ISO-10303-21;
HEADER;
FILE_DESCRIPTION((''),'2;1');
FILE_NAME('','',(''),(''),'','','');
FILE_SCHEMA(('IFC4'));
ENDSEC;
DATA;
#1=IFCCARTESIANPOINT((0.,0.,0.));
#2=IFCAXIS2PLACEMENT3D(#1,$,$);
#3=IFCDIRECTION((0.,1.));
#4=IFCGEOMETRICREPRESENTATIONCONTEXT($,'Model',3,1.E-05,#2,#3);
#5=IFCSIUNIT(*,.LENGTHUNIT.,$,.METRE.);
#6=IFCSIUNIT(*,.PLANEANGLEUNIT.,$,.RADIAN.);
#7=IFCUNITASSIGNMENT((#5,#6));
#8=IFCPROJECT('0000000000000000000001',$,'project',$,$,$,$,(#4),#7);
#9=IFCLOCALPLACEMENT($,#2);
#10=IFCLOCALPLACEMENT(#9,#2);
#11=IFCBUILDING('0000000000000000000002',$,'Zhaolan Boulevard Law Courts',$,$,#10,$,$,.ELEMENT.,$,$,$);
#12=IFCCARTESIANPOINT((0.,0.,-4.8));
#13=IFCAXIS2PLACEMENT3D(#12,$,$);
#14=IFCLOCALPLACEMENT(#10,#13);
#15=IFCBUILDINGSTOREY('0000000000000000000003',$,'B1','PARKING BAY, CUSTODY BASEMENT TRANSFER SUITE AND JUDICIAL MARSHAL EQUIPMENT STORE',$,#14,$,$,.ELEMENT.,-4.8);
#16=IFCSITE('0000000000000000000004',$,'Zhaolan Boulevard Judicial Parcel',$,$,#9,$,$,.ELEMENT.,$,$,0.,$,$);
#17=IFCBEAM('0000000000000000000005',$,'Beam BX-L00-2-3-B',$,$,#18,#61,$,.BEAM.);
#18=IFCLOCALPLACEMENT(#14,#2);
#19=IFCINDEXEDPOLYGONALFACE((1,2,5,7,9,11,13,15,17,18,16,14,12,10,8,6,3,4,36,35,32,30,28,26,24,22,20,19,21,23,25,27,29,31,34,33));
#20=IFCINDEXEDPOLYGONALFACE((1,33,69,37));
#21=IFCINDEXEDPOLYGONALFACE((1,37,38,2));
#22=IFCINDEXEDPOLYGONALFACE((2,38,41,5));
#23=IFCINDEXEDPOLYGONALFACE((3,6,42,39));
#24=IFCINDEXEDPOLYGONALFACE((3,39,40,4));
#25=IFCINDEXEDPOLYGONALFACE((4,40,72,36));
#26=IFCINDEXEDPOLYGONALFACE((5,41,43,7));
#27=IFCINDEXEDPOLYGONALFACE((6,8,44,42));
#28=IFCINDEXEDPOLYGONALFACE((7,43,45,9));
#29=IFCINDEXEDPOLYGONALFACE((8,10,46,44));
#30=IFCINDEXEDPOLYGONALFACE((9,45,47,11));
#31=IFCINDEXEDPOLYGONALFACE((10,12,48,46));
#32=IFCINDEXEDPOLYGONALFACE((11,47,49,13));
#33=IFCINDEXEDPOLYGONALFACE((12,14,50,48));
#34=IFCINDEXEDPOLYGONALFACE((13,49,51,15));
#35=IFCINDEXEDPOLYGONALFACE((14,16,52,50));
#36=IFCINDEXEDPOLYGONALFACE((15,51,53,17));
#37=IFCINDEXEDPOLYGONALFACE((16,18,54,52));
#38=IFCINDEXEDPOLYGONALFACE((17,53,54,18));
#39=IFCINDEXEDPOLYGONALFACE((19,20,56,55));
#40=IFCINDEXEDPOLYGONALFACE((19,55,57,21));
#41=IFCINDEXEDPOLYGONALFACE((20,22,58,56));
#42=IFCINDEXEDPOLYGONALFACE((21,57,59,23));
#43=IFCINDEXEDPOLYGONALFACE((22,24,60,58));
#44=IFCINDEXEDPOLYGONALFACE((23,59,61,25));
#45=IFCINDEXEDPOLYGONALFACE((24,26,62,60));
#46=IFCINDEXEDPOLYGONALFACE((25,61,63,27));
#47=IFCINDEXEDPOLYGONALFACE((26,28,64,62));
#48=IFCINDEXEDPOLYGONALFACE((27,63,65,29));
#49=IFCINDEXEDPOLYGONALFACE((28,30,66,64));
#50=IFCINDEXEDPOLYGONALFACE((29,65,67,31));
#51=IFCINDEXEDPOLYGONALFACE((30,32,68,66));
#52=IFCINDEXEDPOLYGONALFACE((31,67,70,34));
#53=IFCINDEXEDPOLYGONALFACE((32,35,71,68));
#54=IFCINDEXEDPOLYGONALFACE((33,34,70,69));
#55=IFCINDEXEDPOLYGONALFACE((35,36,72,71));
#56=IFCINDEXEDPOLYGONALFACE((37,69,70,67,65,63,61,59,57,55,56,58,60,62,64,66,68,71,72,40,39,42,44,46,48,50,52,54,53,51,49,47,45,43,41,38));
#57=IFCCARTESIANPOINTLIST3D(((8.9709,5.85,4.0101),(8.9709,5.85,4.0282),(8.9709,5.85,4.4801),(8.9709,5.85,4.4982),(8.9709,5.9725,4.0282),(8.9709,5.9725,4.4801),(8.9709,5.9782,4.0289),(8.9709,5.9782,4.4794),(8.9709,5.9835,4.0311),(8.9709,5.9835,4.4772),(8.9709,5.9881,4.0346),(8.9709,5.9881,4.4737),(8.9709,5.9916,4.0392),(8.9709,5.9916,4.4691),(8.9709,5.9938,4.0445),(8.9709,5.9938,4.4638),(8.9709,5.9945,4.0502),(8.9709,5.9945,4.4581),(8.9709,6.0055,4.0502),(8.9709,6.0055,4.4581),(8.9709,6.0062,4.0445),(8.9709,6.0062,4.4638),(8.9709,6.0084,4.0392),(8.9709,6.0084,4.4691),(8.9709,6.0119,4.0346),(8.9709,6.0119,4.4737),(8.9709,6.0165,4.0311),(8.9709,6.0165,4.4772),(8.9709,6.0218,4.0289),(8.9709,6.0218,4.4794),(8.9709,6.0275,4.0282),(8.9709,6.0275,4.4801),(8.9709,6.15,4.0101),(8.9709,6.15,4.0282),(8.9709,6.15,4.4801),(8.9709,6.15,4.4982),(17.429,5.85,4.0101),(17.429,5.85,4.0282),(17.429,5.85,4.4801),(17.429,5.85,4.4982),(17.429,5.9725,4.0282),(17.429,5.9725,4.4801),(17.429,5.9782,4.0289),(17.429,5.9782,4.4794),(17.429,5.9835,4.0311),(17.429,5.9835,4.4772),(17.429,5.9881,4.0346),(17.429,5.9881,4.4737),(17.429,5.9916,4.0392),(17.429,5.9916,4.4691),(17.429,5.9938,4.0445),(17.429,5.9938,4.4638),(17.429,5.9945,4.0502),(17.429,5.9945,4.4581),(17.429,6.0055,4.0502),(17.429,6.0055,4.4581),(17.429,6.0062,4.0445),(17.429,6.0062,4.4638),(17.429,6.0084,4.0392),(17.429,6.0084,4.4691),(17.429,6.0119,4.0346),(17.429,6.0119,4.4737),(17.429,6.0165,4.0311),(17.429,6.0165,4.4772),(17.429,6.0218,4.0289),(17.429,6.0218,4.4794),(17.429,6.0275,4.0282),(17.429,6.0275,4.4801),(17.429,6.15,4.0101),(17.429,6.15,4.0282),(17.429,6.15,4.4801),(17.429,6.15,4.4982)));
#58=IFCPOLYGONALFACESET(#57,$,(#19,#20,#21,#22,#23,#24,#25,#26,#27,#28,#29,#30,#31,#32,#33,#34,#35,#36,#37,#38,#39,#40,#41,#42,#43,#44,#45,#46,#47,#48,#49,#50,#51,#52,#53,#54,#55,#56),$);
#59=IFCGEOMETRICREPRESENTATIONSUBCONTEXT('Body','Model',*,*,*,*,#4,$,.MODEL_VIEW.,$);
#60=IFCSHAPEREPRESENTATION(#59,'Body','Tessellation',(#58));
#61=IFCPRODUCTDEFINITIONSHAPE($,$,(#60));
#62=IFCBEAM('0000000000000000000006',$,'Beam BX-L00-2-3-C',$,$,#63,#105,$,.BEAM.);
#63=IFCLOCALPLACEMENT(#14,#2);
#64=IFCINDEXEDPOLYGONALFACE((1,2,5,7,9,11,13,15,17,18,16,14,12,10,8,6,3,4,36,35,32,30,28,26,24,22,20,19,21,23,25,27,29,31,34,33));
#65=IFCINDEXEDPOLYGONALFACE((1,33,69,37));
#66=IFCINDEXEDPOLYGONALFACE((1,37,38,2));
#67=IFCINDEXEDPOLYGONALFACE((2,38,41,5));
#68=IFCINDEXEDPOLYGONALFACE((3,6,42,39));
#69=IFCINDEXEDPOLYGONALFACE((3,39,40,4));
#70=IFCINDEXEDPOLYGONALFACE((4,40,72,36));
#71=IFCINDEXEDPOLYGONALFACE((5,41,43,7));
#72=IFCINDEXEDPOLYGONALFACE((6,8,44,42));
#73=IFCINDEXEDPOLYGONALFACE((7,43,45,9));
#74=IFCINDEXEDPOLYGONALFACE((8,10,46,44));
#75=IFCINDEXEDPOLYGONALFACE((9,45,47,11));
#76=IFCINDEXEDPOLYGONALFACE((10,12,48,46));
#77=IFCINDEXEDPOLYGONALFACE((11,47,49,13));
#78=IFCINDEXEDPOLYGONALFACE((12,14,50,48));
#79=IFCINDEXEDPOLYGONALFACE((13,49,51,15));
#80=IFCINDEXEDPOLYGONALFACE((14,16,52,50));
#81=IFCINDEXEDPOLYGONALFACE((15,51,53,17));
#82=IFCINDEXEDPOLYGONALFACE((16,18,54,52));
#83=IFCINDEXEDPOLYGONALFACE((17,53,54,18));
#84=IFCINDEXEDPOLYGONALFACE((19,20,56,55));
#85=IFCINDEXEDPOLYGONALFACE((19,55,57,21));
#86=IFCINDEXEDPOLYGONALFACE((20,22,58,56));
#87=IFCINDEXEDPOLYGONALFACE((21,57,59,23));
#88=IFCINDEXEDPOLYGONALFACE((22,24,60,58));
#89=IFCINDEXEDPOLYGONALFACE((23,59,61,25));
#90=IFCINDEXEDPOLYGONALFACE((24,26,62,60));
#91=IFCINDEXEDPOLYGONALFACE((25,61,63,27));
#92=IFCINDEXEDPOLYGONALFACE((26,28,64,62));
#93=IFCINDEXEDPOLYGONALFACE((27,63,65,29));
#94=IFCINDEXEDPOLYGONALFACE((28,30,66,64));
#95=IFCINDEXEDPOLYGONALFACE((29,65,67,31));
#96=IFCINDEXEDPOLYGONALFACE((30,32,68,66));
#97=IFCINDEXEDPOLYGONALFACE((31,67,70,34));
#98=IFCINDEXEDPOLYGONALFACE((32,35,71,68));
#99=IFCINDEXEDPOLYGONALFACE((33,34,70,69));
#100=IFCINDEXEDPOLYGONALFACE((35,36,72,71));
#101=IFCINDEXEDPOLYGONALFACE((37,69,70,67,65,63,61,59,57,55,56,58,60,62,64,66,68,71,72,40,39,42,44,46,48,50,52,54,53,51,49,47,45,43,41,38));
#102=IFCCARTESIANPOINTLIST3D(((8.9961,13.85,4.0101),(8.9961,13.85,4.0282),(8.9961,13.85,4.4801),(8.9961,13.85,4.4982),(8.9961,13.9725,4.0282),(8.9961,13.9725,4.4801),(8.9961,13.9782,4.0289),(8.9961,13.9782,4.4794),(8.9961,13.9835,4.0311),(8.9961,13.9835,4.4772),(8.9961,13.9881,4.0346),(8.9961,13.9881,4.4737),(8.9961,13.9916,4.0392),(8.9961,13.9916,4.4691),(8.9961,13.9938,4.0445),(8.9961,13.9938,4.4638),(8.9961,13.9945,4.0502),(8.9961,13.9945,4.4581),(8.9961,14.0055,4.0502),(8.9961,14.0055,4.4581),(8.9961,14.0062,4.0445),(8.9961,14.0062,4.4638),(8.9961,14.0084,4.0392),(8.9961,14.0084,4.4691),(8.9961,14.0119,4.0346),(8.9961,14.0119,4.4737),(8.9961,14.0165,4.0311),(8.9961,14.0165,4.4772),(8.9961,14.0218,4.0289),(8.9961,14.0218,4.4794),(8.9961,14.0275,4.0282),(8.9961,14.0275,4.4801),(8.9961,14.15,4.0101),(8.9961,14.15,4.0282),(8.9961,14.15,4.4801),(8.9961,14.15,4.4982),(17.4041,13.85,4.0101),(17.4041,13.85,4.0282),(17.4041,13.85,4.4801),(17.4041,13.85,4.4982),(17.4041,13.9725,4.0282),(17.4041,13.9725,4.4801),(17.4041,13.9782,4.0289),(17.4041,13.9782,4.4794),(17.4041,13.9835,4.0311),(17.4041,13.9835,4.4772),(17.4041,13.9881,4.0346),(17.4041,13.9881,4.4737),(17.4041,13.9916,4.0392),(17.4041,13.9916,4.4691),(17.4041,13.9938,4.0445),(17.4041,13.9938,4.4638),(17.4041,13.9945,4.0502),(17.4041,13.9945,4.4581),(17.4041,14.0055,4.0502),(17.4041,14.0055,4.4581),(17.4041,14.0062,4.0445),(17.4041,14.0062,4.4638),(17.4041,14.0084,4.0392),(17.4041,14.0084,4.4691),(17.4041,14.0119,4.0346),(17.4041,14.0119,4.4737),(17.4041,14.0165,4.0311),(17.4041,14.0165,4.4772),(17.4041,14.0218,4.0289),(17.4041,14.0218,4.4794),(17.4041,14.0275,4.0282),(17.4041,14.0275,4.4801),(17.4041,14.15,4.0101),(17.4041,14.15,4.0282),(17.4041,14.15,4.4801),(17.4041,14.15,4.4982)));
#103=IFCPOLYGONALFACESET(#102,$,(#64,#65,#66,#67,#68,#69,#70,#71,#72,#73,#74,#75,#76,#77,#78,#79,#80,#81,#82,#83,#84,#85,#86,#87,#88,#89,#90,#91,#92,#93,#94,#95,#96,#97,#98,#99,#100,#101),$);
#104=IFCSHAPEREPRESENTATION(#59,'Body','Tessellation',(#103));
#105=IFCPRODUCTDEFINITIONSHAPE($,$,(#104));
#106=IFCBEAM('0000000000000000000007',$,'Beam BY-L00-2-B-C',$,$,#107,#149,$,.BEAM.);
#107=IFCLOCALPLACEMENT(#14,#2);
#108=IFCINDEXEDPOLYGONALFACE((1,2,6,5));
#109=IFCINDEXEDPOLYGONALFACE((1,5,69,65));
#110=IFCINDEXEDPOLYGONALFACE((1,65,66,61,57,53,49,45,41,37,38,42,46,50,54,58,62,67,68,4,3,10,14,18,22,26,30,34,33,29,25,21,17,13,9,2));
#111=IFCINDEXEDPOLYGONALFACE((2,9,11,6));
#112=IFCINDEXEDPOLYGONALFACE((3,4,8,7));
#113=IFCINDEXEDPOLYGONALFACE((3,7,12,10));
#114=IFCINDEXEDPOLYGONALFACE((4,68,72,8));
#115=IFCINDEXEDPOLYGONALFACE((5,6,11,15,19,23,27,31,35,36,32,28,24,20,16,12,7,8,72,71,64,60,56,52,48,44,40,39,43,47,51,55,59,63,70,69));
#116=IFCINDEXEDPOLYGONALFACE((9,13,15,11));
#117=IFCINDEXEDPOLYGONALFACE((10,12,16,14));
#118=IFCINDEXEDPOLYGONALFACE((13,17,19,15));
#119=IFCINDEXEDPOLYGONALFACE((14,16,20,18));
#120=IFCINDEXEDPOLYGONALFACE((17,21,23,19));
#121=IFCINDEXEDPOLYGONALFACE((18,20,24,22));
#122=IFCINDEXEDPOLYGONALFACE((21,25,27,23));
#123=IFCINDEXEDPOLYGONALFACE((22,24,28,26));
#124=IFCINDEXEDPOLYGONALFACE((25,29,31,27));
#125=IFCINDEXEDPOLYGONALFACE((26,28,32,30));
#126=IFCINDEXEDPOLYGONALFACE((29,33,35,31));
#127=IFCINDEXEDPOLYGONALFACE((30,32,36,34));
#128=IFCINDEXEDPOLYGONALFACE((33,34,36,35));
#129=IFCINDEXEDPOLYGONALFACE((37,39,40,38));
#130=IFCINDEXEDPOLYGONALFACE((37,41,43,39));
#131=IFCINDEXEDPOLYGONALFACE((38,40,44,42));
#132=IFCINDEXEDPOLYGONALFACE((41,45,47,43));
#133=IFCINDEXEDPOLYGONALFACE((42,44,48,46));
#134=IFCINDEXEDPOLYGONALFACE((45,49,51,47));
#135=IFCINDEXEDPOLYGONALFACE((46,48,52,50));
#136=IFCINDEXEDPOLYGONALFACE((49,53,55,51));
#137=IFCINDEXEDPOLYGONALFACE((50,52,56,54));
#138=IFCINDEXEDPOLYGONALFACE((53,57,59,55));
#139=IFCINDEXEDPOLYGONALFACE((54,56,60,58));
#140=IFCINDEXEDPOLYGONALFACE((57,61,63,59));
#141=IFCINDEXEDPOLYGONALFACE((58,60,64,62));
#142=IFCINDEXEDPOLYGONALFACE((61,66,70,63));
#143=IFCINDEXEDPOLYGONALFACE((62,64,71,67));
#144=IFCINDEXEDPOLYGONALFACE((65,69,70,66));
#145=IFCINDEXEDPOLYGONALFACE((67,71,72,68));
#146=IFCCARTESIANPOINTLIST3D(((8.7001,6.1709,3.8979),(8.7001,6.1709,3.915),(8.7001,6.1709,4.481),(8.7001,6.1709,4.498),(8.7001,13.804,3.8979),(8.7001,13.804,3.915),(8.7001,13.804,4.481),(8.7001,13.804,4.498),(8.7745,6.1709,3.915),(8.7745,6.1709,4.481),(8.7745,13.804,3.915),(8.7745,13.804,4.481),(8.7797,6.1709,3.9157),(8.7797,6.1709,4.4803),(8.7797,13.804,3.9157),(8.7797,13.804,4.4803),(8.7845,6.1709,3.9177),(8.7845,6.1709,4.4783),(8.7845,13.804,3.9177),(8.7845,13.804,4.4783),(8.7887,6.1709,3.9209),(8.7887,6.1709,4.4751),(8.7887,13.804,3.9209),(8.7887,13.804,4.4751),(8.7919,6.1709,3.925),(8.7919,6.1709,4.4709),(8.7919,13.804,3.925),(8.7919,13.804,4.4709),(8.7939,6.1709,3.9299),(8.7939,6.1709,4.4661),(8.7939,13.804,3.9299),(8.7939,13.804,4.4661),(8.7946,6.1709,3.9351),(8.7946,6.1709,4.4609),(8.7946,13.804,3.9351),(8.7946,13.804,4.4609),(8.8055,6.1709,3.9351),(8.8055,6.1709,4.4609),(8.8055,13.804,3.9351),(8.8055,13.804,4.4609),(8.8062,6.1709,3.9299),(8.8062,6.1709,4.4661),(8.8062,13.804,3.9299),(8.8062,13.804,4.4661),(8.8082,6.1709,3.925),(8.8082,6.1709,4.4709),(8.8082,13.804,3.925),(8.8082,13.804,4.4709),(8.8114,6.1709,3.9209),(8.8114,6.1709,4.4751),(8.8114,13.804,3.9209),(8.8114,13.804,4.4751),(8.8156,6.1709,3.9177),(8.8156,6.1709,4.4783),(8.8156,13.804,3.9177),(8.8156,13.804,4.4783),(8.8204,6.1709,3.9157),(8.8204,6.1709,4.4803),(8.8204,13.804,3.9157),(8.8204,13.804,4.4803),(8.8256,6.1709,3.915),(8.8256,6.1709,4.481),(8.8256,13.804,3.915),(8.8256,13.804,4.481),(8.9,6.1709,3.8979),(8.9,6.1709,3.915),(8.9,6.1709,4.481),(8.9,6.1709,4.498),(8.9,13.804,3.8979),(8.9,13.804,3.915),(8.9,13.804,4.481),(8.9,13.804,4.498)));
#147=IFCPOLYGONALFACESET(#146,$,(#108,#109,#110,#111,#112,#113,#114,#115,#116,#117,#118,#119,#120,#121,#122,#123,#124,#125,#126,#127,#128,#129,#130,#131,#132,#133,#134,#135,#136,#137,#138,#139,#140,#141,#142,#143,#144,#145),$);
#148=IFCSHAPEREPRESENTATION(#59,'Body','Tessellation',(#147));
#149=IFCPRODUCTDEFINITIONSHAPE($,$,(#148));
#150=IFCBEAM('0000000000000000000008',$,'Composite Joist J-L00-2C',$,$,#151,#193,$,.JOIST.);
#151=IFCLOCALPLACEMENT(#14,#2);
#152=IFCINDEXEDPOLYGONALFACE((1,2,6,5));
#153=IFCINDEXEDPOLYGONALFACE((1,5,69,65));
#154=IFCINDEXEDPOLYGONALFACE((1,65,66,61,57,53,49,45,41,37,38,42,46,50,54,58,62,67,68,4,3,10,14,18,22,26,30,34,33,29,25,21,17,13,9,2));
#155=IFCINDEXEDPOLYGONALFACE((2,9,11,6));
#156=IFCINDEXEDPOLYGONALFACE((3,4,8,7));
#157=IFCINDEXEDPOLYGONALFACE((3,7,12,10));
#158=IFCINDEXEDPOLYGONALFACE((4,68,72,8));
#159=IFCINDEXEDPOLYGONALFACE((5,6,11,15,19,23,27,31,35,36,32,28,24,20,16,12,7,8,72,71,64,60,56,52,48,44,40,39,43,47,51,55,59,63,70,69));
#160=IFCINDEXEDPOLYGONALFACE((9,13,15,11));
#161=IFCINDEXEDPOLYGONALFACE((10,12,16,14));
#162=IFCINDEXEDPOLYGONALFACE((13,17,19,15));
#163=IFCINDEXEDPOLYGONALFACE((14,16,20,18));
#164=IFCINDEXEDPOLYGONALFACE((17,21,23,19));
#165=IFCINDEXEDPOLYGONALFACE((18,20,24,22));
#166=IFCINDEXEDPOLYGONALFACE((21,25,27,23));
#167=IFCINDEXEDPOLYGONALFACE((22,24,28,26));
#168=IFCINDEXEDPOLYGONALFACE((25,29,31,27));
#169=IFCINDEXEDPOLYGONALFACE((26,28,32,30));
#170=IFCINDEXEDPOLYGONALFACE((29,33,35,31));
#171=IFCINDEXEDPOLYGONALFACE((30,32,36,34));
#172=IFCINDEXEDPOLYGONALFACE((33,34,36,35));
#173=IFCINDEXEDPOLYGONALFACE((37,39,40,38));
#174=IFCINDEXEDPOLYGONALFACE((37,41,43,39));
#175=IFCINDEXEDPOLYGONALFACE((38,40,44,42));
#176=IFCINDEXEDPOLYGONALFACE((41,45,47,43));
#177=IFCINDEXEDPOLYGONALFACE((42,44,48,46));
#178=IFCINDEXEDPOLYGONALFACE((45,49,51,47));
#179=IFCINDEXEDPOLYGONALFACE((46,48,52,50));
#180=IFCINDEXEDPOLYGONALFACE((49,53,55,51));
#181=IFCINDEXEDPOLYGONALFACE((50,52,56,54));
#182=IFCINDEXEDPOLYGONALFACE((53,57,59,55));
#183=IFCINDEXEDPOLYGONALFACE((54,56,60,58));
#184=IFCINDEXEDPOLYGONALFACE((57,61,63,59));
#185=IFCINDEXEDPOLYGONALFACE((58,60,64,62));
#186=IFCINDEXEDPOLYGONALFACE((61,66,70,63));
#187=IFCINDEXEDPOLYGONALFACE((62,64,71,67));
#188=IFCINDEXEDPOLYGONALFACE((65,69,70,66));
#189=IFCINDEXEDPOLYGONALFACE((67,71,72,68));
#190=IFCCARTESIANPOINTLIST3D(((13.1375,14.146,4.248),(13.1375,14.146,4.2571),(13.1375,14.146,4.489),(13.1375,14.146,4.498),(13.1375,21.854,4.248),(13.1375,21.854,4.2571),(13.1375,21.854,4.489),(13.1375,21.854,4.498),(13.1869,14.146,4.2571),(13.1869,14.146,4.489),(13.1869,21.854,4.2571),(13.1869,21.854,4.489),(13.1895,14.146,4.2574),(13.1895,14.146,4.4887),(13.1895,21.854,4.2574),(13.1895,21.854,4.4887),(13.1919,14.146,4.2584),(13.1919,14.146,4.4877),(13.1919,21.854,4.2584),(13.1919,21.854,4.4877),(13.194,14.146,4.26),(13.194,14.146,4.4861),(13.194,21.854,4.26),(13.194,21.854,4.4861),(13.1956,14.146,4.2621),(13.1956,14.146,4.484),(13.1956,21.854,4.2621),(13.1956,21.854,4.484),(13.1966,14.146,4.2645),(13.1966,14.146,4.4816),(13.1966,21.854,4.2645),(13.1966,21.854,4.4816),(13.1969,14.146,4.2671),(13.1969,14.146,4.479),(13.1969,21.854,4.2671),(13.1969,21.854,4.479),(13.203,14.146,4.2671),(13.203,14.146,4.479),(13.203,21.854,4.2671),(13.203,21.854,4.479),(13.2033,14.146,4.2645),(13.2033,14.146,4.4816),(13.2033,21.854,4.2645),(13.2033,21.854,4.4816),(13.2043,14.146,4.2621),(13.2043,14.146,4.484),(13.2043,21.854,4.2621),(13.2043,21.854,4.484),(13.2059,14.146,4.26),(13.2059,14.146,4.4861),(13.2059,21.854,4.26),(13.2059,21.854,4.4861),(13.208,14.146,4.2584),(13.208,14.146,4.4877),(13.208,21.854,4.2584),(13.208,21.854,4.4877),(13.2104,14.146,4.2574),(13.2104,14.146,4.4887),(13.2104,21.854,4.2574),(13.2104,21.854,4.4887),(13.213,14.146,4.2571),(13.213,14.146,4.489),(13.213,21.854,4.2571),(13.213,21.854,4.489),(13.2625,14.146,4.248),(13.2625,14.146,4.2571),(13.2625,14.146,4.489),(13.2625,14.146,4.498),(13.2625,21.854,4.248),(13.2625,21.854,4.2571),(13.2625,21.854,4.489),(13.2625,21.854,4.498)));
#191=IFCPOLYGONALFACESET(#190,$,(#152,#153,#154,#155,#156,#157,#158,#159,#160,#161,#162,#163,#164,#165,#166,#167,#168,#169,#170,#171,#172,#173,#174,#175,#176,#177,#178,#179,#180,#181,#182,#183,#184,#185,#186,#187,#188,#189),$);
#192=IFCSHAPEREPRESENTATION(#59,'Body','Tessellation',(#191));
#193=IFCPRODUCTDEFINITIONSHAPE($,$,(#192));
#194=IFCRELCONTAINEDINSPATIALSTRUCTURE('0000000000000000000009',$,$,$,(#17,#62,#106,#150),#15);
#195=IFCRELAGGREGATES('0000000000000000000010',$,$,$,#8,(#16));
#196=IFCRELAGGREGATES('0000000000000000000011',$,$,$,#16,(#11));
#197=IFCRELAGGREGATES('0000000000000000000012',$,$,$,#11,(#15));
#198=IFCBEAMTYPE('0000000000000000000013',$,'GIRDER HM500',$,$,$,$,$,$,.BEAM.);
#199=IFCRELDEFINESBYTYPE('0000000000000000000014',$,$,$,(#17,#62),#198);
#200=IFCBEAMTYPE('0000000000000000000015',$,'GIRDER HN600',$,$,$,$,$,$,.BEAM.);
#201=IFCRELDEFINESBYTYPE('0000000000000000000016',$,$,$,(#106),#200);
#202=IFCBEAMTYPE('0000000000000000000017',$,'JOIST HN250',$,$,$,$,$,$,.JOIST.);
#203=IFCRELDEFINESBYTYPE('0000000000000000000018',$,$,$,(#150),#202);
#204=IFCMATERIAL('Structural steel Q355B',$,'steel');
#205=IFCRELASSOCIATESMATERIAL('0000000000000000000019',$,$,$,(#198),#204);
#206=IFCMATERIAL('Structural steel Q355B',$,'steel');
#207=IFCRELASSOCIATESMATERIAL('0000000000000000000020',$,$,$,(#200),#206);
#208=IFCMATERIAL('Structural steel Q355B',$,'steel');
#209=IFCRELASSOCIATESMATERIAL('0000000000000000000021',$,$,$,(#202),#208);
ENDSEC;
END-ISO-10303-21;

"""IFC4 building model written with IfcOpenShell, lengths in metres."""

from ifc_helpers import new_model, si_unit, direction, frame, origin, origin_2d, place, context, subcontext, project, spatial, i_section, extrude, material, material_profile, profile_set, type_object, element, save


model = new_model("IFC4")

# Units and contexts
model_context = context("Model", 3, precision=1e-05, world=origin(), true_north=direction((0.0, 1.0)))
body_context = subcontext(model_context, "Body", "Model", "MODEL_VIEW")
ifc_project = project(units=[si_unit("LENGTHUNIT", "METRE"), si_unit("PLANEANGLEUNIT", "RADIAN")], contexts=[model_context])

# Site, building, storey
site_placement = place(None, origin())
site = spatial("IfcSite", under=ifc_project, at=site_placement, Name="Zhaolan Boulevard Judicial Parcel", CompositionType="ELEMENT", RefElevation=0.0)
building_placement = place(site_placement, origin())
building = spatial("IfcBuilding", under=site, at=building_placement, Name="Zhaolan Boulevard Law Courts", CompositionType="ELEMENT")
storey_placement = place(building_placement, frame((0.0, 0.0, -4.8)))
storey = spatial("IfcBuildingStorey", under=building, at=storey_placement, Name="B1", Description="PARKING BAY, CUSTODY BASEMENT TRANSFER SUITE AND JUDICIAL MARSHAL EQUIPMENT STORE", CompositionType="ELEMENT", Elevation=-4.8)

# Beams
ifc_material_1 = material(Name="Structural steel Q355B", Category="steel")
ifc_material_profile_1 = material_profile(ifc_material_1, i_section(OverallWidth=0.3, OverallDepth=0.488, WebThickness=0.011, FlangeThickness=0.0181, FilletRadius=0.022, at=origin_2d()), Name="HM488x300")
ifc_profile_set_1 = profile_set([ifc_material_profile_1], Name="Structural steel Q355B")
beam_type_1 = type_object("IfcBeamType", Name="GIRDER HM500", PredefinedType="BEAM", material=ifc_profile_set_1)
beam_1_placement = place(storey_placement, frame((8.9709, 6.0, 4.2542), z_axis=(1.0, 0.0, 0.0), x_axis=(0.0, 1.0, 0.0)))
element("IfcBeam", 1, at=beam_1_placement, inside=storey, type_object=beam_type_1, Name="Beam BX-L00-2-3-B", PredefinedType="BEAM", context=body_context, shape_type="SweptSolid", body=[
    extrude(i_section(OverallWidth=0.3, OverallDepth=0.488, WebThickness=0.011, FlangeThickness=0.0181, FilletRadius=0.022, at=origin_2d()), origin(), (0.0, 0.0, 1.0), 8.458),
])
beam_2_placement = place(storey_placement, frame((8.9961, 14.0, 4.2542), z_axis=(1.0, 0.0, 0.0), x_axis=(0.0, 1.0, 0.0)))
element("IfcBeam", 2, at=beam_2_placement, inside=storey, type_object=beam_type_1, Name="Beam BX-L00-2-3-C", PredefinedType="BEAM", context=body_context, shape_type="SweptSolid", body=[
    extrude(i_section(OverallWidth=0.3, OverallDepth=0.488, WebThickness=0.011, FlangeThickness=0.0181, FilletRadius=0.022, at=origin_2d()), origin(), (0.0, 0.0, 1.0), 8.408),
])
ifc_material_2 = material(Name="Structural steel Q355B", Category="steel")
ifc_material_profile_2 = material_profile(ifc_material_2, i_section(OverallWidth=0.2, OverallDepth=0.6001, WebThickness=0.011, FlangeThickness=0.0171, FilletRadius=0.02, at=origin_2d()), Name="HN600x200")
ifc_profile_set_2 = profile_set([ifc_material_profile_2], Name="Structural steel Q355B")
beam_type_2 = type_object("IfcBeamType", Name="GIRDER HN600", PredefinedType="BEAM", material=ifc_profile_set_2)
beam_3_placement = place(storey_placement, frame((8.8, 6.1709, 4.198), z_axis=(0.0, 1.0, 0.0), x_axis=(-1.0, 0.0, 0.0)))
element("IfcBeam", 3, at=beam_3_placement, inside=storey, type_object=beam_type_2, Name="Beam BY-L00-2-B-C", PredefinedType="BEAM", context=body_context, shape_type="SweptSolid", body=[
    extrude(i_section(OverallWidth=0.2, OverallDepth=0.6001, WebThickness=0.011, FlangeThickness=0.0171, FilletRadius=0.02, at=origin_2d()), origin(), (0.0, 0.0, 1.0), 7.6331),
])
ifc_material_3 = material(Name="Structural steel Q355B", Category="steel")
ifc_material_profile_3 = material_profile(ifc_material_3, i_section(OverallWidth=0.125, OverallDepth=0.25, WebThickness=0.0061, FlangeThickness=0.009, FilletRadius=0.01, at=origin_2d()), Name="HN250x125")
ifc_profile_set_3 = profile_set([ifc_material_profile_3], Name="Structural steel Q355B")
beam_type_3 = type_object("IfcBeamType", Name="JOIST HN250", PredefinedType="JOIST", material=ifc_profile_set_3)
beam_4_placement = place(storey_placement, frame((13.2, 14.146, 4.373), z_axis=(0.0, 1.0, 0.0), x_axis=(-1.0, 0.0, 0.0)))
element("IfcBeam", 4, at=beam_4_placement, inside=storey, type_object=beam_type_3, Name="Composite Joist J-L00-2C", PredefinedType="JOIST", context=body_context, shape_type="SweptSolid", body=[
    extrude(i_section(OverallWidth=0.125, OverallDepth=0.25, WebThickness=0.0061, FlangeThickness=0.009, FilletRadius=0.01, at=origin_2d()), origin(), (0.0, 0.0, 1.0), 7.708),
])

save(model, "model.ifc")
